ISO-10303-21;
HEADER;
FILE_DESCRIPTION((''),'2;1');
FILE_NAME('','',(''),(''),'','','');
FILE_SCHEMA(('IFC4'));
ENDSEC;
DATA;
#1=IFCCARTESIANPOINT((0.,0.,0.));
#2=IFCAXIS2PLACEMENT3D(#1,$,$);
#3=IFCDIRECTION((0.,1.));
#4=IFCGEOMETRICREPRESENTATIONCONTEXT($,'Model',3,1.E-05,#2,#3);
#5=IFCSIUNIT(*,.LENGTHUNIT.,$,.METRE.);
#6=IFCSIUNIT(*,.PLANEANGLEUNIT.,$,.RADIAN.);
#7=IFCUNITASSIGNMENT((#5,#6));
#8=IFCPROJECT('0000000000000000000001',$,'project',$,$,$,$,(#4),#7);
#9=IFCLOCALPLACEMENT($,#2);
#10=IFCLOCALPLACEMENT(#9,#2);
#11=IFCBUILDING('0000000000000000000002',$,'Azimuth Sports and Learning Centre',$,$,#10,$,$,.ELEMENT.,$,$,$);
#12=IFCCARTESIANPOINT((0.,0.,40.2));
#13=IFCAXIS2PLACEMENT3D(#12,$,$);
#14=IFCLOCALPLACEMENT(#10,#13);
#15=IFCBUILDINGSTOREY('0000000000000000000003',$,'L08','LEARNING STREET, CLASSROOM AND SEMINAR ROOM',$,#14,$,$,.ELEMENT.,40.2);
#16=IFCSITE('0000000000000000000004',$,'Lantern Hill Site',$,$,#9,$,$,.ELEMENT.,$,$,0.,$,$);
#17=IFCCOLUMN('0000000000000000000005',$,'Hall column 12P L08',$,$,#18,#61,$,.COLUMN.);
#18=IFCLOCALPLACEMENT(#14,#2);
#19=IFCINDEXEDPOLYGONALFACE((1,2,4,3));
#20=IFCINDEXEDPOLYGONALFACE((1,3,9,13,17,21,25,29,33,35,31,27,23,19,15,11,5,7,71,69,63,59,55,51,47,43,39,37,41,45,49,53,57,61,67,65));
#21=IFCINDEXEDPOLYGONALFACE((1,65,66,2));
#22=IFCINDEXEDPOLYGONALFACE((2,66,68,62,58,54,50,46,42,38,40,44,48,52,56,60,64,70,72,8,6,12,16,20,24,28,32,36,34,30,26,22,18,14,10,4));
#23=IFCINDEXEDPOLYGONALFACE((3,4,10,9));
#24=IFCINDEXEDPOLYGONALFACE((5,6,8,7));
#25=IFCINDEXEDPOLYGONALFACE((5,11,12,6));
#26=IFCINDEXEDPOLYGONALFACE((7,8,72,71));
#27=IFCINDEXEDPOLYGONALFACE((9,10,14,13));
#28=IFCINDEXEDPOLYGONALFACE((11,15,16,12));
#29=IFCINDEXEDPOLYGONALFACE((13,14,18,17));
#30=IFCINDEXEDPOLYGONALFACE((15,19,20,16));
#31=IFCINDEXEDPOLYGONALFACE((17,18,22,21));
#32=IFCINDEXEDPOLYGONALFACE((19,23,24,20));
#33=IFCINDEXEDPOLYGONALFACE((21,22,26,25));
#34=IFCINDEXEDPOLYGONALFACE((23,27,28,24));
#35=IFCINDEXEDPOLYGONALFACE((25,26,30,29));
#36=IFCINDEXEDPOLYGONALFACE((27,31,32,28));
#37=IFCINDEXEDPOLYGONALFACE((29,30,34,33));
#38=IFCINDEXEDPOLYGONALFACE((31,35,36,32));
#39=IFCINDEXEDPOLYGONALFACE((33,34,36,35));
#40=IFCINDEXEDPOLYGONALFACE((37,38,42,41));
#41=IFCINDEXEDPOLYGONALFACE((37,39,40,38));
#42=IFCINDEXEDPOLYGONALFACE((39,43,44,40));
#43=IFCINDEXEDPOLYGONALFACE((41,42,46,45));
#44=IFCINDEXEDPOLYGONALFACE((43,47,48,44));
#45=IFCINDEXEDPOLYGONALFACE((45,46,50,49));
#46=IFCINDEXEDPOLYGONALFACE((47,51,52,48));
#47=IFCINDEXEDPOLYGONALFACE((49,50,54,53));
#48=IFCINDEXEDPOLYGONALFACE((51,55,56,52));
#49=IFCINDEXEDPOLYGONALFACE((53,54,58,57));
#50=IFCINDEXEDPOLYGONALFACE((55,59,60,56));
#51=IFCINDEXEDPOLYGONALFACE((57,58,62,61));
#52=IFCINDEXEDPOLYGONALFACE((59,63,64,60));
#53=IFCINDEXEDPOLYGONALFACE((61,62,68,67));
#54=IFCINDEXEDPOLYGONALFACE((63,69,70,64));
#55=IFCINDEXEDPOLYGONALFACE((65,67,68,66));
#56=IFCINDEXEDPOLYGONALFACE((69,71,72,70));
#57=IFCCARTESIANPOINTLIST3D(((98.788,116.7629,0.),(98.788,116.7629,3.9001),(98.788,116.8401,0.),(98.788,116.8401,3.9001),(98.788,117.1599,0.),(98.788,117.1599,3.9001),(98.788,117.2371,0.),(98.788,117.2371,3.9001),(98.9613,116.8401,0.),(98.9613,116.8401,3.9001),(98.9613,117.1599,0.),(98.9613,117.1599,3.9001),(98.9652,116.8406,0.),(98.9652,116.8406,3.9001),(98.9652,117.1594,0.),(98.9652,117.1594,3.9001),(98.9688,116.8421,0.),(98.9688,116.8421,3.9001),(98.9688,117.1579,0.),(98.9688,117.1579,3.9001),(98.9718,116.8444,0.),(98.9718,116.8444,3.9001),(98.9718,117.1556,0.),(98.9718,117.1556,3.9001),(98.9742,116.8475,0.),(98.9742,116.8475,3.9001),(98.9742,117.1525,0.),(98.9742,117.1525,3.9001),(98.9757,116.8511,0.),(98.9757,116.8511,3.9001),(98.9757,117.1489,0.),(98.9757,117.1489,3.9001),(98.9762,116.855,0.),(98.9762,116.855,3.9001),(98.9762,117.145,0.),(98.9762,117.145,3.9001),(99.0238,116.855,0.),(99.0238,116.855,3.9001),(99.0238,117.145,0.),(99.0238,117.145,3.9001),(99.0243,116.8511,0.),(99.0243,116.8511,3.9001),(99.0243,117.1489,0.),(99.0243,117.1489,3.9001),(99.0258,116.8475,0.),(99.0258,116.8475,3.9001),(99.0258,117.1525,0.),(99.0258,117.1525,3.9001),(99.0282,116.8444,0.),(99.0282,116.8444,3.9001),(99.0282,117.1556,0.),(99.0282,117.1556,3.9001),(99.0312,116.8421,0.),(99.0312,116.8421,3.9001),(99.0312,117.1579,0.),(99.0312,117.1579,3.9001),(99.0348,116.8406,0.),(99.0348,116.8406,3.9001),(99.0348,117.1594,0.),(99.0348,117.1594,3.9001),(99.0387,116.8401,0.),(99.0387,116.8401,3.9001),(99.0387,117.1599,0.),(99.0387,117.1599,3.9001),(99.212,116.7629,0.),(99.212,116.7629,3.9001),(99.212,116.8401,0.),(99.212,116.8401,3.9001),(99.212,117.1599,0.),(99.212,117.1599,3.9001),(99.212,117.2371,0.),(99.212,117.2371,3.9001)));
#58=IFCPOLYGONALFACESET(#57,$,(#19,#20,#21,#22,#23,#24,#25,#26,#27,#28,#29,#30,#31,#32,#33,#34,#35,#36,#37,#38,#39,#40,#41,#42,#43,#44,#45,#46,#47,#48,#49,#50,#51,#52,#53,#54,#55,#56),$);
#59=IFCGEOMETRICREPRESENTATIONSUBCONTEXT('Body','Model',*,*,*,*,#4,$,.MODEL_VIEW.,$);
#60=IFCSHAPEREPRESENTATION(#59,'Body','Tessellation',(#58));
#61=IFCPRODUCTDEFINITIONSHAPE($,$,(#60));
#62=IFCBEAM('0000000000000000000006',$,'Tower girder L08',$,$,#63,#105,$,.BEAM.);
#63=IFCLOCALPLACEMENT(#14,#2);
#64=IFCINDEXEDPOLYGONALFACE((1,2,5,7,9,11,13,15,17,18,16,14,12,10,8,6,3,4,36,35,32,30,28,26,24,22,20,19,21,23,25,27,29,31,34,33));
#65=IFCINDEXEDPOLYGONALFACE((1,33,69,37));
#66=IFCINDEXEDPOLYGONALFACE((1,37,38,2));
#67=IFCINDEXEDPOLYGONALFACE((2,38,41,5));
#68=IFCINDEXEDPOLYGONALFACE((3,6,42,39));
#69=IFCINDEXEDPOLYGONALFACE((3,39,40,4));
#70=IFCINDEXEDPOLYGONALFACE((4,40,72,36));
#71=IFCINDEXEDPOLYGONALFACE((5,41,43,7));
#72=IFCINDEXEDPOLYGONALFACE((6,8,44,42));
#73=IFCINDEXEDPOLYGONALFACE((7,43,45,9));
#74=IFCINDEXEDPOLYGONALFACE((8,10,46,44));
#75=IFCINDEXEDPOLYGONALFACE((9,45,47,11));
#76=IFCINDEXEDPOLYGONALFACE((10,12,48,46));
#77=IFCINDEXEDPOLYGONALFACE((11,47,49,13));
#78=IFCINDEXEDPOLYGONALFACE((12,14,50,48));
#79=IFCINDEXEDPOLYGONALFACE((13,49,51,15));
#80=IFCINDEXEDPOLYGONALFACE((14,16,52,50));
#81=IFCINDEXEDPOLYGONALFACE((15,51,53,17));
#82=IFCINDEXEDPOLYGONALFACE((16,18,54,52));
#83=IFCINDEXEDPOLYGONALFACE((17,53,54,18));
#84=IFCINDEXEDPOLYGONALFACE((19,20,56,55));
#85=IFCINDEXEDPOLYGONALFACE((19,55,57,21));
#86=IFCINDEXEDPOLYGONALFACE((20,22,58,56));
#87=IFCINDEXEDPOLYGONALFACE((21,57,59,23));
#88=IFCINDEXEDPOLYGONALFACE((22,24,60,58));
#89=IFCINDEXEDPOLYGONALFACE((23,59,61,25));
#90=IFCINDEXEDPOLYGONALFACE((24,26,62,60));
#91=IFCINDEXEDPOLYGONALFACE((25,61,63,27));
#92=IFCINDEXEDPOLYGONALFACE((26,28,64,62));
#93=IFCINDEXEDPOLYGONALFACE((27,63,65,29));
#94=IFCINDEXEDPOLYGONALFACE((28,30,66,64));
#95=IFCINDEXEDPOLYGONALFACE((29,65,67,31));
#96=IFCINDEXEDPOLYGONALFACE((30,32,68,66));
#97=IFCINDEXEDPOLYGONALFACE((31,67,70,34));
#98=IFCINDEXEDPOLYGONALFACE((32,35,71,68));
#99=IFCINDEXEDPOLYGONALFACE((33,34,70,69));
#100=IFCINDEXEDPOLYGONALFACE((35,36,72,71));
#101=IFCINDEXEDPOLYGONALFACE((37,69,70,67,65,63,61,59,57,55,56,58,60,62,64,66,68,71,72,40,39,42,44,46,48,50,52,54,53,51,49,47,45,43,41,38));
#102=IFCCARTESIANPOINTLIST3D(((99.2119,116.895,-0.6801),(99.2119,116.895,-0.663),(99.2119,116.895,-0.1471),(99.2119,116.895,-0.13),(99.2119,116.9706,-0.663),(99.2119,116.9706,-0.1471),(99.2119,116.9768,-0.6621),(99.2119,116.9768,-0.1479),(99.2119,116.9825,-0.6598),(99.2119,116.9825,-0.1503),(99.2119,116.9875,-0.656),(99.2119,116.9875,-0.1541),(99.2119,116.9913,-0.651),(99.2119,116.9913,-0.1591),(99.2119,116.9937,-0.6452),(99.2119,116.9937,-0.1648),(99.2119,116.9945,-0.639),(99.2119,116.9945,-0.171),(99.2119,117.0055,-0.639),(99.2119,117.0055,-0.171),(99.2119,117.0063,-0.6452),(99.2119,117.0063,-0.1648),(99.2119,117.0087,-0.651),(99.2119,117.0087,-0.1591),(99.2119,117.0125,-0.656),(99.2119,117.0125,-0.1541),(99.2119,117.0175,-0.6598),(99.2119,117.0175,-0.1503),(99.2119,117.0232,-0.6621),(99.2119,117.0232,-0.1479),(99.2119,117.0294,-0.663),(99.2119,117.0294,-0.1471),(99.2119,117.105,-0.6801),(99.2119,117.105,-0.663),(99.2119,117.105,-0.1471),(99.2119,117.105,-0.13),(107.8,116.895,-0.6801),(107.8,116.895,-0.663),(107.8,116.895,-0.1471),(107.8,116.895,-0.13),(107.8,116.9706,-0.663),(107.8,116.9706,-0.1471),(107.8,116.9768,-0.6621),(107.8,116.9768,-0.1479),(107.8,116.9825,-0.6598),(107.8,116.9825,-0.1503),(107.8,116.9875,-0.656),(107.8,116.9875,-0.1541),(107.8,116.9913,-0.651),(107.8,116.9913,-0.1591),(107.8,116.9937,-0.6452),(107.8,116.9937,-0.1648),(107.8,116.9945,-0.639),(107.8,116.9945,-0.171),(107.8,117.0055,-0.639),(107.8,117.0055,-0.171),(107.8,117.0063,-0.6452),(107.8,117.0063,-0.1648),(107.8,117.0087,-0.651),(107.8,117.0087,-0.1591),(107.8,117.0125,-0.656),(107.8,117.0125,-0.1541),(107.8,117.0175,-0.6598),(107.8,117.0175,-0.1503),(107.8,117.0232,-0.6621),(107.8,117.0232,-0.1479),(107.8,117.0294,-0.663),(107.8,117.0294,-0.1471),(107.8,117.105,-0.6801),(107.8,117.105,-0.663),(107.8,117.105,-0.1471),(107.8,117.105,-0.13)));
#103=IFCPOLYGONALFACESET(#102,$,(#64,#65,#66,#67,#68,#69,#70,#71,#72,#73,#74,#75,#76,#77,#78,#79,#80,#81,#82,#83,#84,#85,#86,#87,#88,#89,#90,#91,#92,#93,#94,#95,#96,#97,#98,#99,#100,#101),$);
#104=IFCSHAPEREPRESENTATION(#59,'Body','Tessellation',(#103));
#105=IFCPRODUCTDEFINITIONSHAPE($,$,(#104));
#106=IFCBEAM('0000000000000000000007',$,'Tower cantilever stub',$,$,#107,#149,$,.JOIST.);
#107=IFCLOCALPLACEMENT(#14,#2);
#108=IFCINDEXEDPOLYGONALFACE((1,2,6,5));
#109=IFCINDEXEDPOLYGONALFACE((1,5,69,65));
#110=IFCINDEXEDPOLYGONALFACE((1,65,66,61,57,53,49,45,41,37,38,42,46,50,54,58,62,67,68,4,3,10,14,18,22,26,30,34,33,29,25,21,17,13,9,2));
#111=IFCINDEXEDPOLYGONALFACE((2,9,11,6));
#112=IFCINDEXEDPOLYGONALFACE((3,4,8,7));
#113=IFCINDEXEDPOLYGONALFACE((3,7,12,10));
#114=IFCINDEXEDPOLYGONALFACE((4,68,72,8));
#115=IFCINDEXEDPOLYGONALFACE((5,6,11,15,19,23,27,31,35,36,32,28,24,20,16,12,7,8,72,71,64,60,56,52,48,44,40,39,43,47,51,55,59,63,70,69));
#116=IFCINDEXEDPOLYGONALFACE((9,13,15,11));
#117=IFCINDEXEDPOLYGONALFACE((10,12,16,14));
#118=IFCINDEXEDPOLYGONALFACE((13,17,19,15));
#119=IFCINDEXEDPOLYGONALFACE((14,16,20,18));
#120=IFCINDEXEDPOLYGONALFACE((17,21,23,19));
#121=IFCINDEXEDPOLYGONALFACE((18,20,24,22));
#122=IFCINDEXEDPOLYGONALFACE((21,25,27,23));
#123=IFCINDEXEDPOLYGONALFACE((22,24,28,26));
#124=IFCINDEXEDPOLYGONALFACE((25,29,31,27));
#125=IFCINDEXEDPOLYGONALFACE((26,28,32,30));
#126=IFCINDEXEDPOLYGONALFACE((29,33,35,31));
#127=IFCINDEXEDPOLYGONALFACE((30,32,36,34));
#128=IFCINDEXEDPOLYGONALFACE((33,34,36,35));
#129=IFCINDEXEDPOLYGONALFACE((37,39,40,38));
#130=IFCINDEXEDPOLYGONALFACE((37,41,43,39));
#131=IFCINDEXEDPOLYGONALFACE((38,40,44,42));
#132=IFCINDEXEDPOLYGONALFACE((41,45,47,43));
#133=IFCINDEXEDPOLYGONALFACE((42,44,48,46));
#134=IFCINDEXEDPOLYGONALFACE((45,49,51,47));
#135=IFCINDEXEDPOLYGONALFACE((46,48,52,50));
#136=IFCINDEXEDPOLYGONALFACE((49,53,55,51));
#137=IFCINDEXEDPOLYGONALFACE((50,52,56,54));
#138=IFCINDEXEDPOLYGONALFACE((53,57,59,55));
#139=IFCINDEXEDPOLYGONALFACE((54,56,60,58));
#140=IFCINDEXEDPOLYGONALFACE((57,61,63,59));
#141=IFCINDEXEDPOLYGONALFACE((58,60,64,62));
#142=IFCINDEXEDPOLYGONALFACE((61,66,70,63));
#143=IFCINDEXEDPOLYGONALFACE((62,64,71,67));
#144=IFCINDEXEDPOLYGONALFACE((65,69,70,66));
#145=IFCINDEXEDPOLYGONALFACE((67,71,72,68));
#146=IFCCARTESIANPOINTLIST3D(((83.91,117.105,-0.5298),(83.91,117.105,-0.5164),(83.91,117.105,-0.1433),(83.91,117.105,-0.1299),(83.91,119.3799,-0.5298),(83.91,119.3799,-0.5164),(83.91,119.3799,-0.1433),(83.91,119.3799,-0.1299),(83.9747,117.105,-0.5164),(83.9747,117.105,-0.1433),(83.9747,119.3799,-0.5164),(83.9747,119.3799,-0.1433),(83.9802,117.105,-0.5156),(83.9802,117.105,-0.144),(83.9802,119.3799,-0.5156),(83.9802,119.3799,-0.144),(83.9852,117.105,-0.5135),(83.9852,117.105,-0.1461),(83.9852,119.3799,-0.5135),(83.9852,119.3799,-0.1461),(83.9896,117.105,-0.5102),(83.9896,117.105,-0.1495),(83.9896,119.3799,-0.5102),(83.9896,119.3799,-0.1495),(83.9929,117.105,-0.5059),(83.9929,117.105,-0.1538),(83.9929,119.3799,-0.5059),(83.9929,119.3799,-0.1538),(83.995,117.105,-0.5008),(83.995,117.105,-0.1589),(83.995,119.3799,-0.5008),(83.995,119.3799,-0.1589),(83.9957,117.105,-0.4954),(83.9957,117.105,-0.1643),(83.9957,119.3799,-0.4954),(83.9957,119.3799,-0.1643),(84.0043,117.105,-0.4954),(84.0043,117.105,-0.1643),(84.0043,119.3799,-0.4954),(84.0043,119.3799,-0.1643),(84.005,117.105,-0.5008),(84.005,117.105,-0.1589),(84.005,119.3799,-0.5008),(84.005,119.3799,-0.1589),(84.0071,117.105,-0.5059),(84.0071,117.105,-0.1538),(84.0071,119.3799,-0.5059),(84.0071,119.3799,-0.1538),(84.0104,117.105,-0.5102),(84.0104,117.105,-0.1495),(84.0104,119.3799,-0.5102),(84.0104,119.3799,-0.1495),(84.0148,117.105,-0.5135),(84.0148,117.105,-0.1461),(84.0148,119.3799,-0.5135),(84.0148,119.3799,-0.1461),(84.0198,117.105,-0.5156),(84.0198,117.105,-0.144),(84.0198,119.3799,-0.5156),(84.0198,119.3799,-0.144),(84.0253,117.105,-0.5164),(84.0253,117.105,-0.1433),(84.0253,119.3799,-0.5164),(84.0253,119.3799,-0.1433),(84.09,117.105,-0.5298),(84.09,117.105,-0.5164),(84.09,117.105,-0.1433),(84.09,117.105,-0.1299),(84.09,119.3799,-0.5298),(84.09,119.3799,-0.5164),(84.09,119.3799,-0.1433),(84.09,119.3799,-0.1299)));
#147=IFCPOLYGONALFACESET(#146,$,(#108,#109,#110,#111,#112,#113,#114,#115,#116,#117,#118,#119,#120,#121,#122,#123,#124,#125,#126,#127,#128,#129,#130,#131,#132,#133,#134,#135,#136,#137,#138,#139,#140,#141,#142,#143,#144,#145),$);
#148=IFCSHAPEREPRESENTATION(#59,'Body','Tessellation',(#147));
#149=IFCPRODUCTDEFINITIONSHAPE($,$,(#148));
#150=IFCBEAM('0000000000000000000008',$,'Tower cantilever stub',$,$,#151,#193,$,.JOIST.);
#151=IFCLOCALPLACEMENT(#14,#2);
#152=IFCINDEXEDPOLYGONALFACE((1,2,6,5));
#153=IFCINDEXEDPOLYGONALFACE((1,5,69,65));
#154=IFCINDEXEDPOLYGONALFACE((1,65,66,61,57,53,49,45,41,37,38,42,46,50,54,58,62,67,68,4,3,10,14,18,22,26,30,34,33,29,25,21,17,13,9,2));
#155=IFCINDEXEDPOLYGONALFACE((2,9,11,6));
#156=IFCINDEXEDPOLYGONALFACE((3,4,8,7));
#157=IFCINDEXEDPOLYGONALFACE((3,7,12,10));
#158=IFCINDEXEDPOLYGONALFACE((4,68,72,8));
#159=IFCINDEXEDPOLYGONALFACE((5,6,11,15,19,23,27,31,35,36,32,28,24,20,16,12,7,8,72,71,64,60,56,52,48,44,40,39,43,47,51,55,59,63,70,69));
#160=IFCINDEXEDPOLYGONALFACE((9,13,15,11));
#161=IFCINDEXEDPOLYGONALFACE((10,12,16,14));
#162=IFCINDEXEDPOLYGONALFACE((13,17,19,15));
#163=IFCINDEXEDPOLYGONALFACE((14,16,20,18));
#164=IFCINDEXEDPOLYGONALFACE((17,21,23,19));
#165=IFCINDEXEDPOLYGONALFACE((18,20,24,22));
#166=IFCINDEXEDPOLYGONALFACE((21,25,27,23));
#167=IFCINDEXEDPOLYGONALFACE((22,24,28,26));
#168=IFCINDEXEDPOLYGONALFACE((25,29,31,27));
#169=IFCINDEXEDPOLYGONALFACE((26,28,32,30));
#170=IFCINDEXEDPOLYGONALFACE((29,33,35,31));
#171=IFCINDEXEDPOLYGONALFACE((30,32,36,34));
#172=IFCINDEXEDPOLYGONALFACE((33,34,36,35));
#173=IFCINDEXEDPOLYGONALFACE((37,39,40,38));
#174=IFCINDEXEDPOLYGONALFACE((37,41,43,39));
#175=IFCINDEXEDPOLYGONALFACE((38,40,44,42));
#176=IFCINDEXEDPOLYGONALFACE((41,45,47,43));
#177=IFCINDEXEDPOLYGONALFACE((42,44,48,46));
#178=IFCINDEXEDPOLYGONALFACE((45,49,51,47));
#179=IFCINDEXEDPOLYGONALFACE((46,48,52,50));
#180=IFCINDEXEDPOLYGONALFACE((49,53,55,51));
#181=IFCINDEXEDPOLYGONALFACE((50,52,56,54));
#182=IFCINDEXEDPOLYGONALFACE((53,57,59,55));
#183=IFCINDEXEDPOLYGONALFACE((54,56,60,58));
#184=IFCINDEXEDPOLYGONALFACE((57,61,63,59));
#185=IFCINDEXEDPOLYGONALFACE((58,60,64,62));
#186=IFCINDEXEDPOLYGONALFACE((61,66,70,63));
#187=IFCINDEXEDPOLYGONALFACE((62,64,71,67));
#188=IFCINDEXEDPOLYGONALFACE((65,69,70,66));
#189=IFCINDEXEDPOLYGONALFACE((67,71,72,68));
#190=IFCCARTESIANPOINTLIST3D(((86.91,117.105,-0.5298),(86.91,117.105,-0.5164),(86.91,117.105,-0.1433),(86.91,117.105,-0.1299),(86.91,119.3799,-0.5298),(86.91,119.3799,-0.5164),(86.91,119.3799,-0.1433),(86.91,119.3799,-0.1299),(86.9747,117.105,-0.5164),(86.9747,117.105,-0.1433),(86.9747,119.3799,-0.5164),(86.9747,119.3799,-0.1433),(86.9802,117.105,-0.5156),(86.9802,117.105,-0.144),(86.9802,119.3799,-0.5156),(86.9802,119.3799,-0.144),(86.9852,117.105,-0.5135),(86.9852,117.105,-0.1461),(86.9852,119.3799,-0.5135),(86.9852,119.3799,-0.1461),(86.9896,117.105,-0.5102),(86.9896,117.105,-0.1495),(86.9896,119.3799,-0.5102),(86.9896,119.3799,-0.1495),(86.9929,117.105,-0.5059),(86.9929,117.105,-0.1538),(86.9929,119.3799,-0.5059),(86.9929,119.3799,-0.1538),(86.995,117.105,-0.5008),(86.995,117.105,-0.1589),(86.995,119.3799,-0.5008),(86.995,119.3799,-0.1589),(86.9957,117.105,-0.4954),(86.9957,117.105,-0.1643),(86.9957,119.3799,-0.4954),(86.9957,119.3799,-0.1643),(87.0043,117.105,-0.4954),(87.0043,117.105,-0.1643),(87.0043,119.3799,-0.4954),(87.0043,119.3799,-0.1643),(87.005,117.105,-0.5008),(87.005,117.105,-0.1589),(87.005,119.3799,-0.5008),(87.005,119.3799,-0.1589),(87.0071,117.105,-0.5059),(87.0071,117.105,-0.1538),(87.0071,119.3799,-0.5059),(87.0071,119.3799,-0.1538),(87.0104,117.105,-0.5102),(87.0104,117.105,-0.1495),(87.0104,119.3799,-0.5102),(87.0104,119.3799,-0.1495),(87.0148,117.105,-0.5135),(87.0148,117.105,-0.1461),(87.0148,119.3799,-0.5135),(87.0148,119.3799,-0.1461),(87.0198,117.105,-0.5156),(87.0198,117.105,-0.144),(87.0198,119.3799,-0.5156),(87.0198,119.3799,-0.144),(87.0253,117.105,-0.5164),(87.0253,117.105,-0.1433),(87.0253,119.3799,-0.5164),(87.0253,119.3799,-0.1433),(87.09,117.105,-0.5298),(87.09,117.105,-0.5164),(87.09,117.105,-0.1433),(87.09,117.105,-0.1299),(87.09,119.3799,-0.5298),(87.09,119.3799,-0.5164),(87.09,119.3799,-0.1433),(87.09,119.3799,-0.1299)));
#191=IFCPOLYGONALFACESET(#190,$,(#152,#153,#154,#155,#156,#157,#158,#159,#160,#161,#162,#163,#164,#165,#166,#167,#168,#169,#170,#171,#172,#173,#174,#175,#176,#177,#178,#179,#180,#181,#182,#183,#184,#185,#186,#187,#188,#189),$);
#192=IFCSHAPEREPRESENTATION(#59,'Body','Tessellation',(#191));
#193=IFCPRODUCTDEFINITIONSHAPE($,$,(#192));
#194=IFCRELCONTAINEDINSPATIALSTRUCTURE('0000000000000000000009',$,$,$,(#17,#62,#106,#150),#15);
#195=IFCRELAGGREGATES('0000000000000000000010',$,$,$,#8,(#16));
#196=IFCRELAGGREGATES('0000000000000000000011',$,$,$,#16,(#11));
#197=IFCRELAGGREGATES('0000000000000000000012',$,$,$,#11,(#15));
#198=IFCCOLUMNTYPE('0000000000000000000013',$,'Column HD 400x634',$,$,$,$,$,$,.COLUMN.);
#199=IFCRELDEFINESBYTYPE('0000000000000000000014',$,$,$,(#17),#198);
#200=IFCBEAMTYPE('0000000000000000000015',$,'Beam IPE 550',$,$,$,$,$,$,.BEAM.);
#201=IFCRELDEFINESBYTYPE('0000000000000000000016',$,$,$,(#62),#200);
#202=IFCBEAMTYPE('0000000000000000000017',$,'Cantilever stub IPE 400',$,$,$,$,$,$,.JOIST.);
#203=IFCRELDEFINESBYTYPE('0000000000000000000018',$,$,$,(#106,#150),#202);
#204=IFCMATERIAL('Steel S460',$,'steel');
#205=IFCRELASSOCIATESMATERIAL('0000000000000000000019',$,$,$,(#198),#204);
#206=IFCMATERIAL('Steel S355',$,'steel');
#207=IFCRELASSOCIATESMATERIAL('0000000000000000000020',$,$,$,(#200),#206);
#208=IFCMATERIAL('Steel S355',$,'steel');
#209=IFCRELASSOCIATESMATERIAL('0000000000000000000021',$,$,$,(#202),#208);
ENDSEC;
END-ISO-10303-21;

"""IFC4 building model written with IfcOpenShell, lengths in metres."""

from ifc_helpers import new_model, si_unit, direction, frame, origin, origin_2d, place, context, subcontext, project, spatial, i_section, extrude, material, material_profile, profile_set, type_object, element, save


model = new_model("IFC4")

# Units and contexts
model_context = context("Model", 3, precision=1e-05, world=origin(), true_north=direction((0.0, 1.0)))
body_context = subcontext(model_context, "Body", "Model", "MODEL_VIEW")
ifc_project = project(units=[si_unit("LENGTHUNIT", "METRE"), si_unit("PLANEANGLEUNIT", "RADIAN")], contexts=[model_context])

# Site, building, storey
site_placement = place(None, origin())
site = spatial("IfcSite", under=ifc_project, at=site_placement, Name="Lantern Hill Site", CompositionType="ELEMENT", RefElevation=0.0)
building_placement = place(site_placement, origin())
building = spatial("IfcBuilding", under=site, at=building_placement, Name="Azimuth Sports and Learning Centre", CompositionType="ELEMENT")
storey_placement = place(building_placement, frame((0.0, 0.0, 40.2)))
storey = spatial("IfcBuildingStorey", under=building, at=storey_placement, Name="L08", Description="LEARNING STREET, CLASSROOM AND SEMINAR ROOM", CompositionType="ELEMENT", Elevation=40.2)

# Column
ifc_material_1 = material(Name="Steel S460", Category="steel")
ifc_material_profile_1 = material_profile(ifc_material_1, i_section(OverallWidth=0.4241, OverallDepth=0.4741, WebThickness=0.0476, FlangeThickness=0.0771, FilletRadius=0.0149, at=origin_2d()), Name="HD 400x634")
ifc_profile_set_1 = profile_set([ifc_material_profile_1], Name="Steel S460")
column_type = type_object("IfcColumnType", Name="Column HD 400x634", PredefinedType="COLUMN", material=ifc_profile_set_1)
column_placement = place(storey_placement, frame((99.0, 117.0, 0.0), z_axis=(0.0, 0.0, 1.0), x_axis=(1.0, 0.0, 0.0)))
element("IfcColumn", 1, at=column_placement, inside=storey, type_object=column_type, Name="Hall column 12P L08", PredefinedType="COLUMN", context=body_context, shape_type="SweptSolid", body=[
    extrude(i_section(OverallWidth=0.4241, OverallDepth=0.4741, WebThickness=0.0476, FlangeThickness=0.0771, FilletRadius=0.0149, at=origin_2d()), origin(), (0.0, 0.0, 1.0), 3.9001),
])

# Beams
ifc_material_2 = material(Name="Steel S355", Category="steel")
ifc_material_profile_2 = material_profile(ifc_material_2, i_section(OverallWidth=0.21, OverallDepth=0.55, WebThickness=0.011, FlangeThickness=0.0171, FilletRadius=0.0239, at=origin_2d()), Name="IPE 550")
ifc_profile_set_2 = profile_set([ifc_material_profile_2], Name="Steel S355")
beam_type_1 = type_object("IfcBeamType", Name="Beam IPE 550", PredefinedType="BEAM", material=ifc_profile_set_2)
beam_1_placement = place(storey_placement, frame((99.2119, 117.0, -0.405), z_axis=(1.0, 0.0, 0.0), x_axis=(0.0, 1.0, 0.0)))
element("IfcBeam", 2, at=beam_1_placement, inside=storey, type_object=beam_type_1, Name="Tower girder L08", PredefinedType="BEAM", context=body_context, shape_type="SweptSolid", body=[
    extrude(i_section(OverallWidth=0.21, OverallDepth=0.55, WebThickness=0.011, FlangeThickness=0.0171, FilletRadius=0.0239, at=origin_2d()), origin(), (0.0, 0.0, 1.0), 8.5881),
])
ifc_material_3 = material(Name="Steel S355", Category="steel")
ifc_material_profile_3 = material_profile(ifc_material_3, i_section(OverallWidth=0.1799, OverallDepth=0.3999, WebThickness=0.0085, FlangeThickness=0.0134, FilletRadius=0.021, at=origin_2d()), Name="IPE 400")
ifc_profile_set_3 = profile_set([ifc_material_profile_3], Name="Steel S355")
beam_type_2 = type_object("IfcBeamType", Name="Cantilever stub IPE 400", PredefinedType="JOIST", material=ifc_profile_set_3)
for number, where, z_axis, x_axis, name in (
    (3, (84.0, 117.105, -0.3298), (0.0, 1.0, 0.0), (-1.0, 0.0, 0.0), "Tower cantilever stub"),
    (4, (87.0, 117.105, -0.3298), (0.0, 1.0, 0.0), (-1.0, 0.0, 0.0), "Tower cantilever stub"),
):
    element("IfcBeam", number, at=place(storey_placement, frame(where, z_axis=z_axis, x_axis=x_axis)), inside=storey, type_object=beam_type_2, Name=name, PredefinedType="JOIST", context=body_context, shape_type="SweptSolid", body=[
        extrude(i_section(OverallWidth=0.1799, OverallDepth=0.3999, WebThickness=0.0085, FlangeThickness=0.0134, FilletRadius=0.021, at=origin_2d()), origin(), (0.0, 0.0, 1.0), 2.2749),
    ])

save(model, "model.ifc")
